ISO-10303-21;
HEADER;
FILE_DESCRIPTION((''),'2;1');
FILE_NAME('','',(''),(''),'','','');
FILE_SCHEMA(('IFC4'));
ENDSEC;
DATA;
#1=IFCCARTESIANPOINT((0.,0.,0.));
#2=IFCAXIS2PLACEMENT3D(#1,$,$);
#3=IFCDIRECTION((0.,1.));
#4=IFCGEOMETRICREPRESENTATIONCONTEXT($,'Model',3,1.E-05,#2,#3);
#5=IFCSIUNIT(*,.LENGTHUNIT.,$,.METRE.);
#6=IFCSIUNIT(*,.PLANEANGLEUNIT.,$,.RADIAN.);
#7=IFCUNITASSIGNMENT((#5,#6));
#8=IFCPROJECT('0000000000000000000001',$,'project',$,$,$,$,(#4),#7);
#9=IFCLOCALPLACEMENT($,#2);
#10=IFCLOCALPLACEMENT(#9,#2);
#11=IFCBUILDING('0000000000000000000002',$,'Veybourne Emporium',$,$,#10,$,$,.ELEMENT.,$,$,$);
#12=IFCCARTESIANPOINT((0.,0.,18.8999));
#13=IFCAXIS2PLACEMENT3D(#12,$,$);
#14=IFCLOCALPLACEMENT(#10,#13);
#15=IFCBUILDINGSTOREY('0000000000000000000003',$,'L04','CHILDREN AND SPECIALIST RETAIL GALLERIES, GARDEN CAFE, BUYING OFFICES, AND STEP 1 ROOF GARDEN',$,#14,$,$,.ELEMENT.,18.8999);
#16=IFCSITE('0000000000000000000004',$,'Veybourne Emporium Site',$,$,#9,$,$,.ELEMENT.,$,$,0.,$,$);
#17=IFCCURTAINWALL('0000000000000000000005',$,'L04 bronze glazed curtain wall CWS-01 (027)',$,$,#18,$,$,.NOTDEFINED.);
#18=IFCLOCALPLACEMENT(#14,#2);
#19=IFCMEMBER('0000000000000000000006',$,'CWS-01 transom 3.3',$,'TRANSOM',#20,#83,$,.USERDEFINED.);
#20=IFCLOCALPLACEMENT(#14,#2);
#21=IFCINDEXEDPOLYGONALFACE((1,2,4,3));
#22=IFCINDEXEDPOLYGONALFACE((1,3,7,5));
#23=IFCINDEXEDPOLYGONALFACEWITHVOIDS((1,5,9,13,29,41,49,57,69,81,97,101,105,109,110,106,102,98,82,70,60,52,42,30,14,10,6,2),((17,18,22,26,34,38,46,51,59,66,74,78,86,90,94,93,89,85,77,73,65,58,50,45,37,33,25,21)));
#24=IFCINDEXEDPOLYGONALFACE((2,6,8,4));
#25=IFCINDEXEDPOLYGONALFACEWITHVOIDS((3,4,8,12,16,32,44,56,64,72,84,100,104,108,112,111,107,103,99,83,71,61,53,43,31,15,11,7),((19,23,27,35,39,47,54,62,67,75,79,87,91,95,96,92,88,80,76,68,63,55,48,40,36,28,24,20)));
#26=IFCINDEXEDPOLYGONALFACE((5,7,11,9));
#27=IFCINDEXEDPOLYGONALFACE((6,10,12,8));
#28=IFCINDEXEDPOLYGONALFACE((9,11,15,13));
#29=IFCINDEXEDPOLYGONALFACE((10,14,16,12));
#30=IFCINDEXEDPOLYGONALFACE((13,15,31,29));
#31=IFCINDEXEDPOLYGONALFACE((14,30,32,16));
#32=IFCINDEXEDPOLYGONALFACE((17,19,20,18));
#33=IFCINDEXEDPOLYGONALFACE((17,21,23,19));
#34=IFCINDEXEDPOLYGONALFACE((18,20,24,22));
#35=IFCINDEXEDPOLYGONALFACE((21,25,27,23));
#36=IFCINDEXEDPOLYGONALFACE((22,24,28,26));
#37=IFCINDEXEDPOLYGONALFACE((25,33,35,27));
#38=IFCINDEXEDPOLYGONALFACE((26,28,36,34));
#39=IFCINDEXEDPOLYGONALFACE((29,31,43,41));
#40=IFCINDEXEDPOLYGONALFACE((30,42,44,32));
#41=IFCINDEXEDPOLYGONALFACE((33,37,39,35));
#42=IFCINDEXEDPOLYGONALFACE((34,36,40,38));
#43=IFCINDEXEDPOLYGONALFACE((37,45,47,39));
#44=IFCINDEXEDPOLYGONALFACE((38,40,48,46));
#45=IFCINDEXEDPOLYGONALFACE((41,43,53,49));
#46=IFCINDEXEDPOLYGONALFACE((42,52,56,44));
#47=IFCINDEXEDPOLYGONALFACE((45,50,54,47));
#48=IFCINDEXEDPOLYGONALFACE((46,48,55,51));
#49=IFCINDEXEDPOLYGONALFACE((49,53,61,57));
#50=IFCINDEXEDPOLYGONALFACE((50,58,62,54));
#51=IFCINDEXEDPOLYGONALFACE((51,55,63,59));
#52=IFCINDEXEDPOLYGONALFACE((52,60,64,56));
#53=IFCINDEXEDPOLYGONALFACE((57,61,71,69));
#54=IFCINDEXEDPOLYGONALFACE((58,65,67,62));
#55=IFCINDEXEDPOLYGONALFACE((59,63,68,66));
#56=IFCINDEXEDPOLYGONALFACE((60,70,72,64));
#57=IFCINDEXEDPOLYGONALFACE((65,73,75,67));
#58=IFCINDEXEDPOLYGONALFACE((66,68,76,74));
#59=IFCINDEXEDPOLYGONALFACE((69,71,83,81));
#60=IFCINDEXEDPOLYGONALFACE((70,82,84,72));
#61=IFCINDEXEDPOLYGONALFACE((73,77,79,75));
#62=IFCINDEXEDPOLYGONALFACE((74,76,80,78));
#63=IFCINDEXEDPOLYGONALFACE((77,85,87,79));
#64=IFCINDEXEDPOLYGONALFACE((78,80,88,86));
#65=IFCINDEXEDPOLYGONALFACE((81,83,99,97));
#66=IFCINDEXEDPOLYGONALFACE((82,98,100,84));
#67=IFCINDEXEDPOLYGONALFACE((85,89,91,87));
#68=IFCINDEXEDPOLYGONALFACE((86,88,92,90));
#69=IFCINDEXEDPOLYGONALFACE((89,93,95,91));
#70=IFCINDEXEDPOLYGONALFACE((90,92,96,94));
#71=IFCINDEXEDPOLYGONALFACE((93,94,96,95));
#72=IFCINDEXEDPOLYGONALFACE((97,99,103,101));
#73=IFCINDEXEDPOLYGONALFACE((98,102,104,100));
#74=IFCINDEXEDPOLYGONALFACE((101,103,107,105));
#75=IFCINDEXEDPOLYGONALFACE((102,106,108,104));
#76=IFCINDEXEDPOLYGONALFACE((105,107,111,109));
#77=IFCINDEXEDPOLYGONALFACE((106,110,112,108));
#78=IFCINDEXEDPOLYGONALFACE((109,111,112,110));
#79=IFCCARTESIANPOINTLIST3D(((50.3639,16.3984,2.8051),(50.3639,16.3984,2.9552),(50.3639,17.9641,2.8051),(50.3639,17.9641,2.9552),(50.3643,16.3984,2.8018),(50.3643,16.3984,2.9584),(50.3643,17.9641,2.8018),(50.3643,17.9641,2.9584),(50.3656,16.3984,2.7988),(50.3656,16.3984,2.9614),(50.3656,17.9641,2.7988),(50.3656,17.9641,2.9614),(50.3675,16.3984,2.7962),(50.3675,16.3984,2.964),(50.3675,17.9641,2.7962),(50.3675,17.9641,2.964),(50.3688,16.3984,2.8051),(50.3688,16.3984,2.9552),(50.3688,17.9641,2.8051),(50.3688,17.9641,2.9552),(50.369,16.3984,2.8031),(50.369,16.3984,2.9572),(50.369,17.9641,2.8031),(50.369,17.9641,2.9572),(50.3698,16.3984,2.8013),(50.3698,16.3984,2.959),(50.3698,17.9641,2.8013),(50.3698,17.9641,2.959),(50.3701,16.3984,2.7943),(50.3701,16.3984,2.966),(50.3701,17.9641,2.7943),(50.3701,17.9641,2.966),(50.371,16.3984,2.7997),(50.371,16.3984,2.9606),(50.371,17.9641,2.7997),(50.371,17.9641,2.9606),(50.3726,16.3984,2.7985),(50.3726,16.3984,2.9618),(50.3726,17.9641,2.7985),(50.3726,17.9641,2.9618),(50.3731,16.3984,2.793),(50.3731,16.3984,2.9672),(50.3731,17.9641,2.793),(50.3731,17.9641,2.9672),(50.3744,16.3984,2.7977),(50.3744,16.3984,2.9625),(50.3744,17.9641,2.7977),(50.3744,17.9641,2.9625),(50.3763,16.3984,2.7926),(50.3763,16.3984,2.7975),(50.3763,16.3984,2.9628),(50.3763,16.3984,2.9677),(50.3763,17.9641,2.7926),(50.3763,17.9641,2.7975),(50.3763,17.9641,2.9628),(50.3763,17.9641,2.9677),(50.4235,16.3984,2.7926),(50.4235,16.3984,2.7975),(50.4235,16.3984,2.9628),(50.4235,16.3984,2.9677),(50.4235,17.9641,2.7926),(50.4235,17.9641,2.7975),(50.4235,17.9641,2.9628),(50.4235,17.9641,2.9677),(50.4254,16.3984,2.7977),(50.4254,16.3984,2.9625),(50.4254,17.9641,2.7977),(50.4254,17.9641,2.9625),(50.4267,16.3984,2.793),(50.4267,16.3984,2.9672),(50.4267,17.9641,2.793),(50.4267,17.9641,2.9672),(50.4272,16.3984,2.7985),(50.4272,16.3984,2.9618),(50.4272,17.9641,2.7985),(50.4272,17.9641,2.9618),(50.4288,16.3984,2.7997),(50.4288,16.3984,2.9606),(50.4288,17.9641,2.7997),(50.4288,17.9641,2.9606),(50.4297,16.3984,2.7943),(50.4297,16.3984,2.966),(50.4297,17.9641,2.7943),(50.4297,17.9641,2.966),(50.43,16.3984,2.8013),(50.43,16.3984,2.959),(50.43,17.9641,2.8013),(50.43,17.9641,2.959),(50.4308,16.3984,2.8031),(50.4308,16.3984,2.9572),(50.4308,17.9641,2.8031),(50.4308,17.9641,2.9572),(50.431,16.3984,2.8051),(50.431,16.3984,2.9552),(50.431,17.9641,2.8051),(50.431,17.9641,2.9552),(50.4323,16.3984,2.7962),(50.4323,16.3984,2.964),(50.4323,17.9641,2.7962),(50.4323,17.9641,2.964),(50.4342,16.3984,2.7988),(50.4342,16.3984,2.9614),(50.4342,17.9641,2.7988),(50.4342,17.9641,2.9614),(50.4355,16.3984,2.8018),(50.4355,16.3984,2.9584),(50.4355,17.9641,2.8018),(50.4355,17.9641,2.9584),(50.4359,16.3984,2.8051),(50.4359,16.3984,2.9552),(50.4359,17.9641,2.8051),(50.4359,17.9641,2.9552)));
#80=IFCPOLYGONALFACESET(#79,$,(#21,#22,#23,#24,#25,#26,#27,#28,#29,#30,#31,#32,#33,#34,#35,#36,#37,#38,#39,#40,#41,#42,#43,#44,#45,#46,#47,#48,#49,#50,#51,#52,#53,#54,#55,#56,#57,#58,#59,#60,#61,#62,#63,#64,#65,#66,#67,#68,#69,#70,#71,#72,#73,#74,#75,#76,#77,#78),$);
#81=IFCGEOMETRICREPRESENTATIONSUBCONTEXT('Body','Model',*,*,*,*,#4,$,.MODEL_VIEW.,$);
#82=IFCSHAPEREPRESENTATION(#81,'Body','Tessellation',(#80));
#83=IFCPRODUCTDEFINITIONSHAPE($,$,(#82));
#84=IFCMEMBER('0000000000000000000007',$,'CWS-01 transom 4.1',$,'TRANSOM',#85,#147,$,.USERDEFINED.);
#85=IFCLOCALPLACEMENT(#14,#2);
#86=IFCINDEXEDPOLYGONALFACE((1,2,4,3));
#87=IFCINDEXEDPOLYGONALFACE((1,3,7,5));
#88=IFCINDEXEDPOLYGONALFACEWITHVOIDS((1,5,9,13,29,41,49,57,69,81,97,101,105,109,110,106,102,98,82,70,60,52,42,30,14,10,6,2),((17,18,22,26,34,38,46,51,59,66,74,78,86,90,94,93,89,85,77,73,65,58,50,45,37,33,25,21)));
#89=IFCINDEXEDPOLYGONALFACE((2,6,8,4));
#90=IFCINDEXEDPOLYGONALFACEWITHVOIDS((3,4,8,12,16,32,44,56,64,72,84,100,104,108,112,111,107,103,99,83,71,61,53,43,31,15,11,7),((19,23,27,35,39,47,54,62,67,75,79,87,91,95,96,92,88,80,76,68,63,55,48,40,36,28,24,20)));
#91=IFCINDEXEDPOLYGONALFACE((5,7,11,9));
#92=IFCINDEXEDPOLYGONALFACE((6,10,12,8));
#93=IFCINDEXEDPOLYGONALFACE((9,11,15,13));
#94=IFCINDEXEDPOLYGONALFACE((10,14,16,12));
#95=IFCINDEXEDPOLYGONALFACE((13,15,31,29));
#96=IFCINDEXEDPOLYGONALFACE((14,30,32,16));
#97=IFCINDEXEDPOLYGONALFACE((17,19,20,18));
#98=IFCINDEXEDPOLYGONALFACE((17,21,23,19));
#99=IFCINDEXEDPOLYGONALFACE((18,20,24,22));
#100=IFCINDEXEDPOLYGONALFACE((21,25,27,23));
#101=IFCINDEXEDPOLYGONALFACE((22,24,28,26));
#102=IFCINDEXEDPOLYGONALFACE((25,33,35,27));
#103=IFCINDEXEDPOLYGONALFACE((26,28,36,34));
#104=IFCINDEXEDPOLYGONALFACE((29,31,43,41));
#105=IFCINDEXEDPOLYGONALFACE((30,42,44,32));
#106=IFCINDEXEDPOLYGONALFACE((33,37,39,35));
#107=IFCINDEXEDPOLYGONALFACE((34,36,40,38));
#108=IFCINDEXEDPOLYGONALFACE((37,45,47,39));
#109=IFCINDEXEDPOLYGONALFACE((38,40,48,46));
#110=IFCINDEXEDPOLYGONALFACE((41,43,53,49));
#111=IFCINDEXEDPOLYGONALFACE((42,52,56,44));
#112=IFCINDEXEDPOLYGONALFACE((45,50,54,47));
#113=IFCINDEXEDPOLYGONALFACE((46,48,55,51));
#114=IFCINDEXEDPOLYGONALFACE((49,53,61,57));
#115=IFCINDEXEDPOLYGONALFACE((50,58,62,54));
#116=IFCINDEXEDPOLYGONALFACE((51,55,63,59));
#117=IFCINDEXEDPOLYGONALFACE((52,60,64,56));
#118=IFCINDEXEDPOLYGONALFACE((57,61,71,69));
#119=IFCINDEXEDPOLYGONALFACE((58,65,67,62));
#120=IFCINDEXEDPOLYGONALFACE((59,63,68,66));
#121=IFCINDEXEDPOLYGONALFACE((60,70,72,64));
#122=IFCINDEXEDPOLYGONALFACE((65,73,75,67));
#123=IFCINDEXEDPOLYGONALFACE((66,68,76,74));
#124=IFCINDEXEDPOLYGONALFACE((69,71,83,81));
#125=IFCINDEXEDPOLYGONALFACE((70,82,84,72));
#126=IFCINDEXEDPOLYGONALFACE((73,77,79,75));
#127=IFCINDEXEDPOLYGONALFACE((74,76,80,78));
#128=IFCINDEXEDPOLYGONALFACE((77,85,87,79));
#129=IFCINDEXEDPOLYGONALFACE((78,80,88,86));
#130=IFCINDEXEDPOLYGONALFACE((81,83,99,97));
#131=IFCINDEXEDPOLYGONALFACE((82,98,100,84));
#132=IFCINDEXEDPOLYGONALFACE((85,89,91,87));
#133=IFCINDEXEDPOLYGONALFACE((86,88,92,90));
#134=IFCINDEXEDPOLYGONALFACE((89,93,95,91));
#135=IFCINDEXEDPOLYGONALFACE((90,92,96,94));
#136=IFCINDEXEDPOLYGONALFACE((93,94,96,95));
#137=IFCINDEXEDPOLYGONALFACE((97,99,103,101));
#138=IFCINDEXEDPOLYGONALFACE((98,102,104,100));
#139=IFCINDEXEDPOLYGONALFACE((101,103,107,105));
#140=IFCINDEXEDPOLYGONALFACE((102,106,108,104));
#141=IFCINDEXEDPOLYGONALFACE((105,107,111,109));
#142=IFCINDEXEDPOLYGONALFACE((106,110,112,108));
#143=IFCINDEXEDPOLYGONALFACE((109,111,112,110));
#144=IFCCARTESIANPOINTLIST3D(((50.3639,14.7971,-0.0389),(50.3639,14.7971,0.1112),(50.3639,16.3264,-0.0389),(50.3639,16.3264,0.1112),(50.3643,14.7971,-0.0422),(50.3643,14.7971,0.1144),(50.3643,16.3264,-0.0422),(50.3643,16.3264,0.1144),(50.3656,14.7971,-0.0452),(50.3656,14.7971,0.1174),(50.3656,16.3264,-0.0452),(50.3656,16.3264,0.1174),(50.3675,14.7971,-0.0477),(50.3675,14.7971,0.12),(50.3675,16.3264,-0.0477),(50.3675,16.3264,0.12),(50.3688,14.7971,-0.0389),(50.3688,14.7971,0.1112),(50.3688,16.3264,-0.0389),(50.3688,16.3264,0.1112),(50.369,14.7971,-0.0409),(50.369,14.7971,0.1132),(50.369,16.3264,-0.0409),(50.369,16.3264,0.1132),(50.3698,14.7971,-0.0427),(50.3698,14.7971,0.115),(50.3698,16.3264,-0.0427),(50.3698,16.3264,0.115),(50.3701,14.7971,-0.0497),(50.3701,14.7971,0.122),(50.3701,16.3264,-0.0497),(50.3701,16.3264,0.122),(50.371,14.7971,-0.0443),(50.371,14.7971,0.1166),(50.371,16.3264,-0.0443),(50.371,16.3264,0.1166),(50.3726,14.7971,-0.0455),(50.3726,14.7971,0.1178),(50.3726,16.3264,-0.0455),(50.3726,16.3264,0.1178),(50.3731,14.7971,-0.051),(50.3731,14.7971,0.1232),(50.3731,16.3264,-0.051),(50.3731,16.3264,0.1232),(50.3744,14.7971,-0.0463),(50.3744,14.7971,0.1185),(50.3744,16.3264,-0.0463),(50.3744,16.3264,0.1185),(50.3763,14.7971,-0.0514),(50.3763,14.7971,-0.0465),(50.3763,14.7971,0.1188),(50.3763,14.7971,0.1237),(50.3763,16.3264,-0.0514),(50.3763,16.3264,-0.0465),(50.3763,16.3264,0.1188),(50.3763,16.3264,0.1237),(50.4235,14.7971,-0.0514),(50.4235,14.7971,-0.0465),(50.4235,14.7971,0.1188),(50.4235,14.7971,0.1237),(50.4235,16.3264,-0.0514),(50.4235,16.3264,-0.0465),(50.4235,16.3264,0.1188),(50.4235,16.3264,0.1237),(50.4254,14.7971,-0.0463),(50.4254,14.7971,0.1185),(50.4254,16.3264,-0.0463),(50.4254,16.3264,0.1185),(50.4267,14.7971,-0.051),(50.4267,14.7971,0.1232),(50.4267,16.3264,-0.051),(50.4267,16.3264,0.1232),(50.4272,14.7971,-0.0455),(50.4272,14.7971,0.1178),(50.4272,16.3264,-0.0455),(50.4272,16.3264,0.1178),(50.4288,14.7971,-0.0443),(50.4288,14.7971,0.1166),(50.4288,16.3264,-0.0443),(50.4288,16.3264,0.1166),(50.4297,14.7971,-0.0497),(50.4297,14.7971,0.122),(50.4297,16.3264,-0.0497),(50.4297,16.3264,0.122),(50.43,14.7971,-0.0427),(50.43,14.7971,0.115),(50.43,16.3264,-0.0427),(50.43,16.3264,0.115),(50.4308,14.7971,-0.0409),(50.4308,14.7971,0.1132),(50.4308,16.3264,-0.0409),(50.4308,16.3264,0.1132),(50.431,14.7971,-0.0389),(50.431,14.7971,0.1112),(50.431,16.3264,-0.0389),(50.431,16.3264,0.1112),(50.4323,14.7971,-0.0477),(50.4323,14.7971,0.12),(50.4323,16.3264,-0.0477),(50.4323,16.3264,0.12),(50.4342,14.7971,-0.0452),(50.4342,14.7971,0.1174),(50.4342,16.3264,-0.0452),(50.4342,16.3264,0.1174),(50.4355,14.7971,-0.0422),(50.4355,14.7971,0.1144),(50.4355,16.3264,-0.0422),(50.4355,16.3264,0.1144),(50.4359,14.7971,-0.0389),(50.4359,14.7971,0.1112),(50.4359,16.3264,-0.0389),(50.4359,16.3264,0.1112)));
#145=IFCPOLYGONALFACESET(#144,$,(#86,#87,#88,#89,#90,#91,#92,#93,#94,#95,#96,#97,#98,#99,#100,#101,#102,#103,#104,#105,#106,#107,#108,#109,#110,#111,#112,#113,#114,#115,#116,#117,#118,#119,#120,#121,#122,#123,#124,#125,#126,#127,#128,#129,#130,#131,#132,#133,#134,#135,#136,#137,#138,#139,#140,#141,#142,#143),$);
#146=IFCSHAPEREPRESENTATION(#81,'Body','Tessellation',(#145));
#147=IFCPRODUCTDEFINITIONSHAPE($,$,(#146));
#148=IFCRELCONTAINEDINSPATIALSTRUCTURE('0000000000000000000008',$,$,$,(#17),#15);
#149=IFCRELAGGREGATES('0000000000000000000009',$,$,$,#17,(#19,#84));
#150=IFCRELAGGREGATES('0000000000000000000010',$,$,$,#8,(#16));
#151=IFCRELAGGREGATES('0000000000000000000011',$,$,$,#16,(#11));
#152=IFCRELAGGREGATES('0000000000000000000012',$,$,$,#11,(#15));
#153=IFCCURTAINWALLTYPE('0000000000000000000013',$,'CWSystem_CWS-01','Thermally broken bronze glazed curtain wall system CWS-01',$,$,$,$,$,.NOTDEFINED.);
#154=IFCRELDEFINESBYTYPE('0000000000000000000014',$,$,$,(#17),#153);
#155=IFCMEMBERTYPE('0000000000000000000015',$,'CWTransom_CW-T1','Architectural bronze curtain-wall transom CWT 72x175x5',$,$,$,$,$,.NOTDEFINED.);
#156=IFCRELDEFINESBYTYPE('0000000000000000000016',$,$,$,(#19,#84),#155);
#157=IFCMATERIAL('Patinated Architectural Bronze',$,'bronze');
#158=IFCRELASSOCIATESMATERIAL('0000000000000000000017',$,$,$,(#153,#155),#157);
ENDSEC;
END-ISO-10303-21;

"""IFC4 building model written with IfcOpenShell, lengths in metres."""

from ifc_helpers import new_model, si_unit, direction, frame, origin, origin_2d, place, context, subcontext, project, spatial, hollow_rectangle, extrude, material, material_profile, profile_set, type_object, element, aggregate, save


model = new_model("IFC4")

# Units and contexts
model_context = context("Model", 3, precision=1e-05, world=origin(), true_north=direction((0.0, 1.0)))
body_context = subcontext(model_context, "Body", "Model", "MODEL_VIEW")
ifc_project = project(units=[si_unit("LENGTHUNIT", "METRE"), si_unit("PLANEANGLEUNIT", "RADIAN")], contexts=[model_context])

# Site, building, storey
site_placement = place(None, origin())
site = spatial("IfcSite", under=ifc_project, at=site_placement, Name="Veybourne Emporium Site", CompositionType="ELEMENT", RefElevation=0.0)
building_placement = place(site_placement, origin())
building = spatial("IfcBuilding", under=site, at=building_placement, Name="Veybourne Emporium", CompositionType="ELEMENT")
storey_placement = place(building_placement, frame((0.0, 0.0, 18.8999)))
storey = spatial("IfcBuildingStorey", under=building, at=storey_placement, Name="L04", Description="CHILDREN AND SPECIALIST RETAIL GALLERIES, GARDEN CAFE, BUYING OFFICES, AND STEP 1 ROOF GARDEN", CompositionType="ELEMENT", Elevation=18.8999)

# Curtain wall, members
ifc_material_1 = material(Name="Patinated Architectural Bronze", Category="bronze")
curtain_wall_type = type_object("IfcCurtainWallType", Name="CWSystem_CWS-01", Description="Thermally broken bronze glazed curtain wall system CWS-01", PredefinedType="NOTDEFINED", material=ifc_material_1)
curtain_wall_placement = place(storey_placement, origin())
curtain_wall = element("IfcCurtainWall", 1, at=curtain_wall_placement, inside=storey, type_object=curtain_wall_type, Name="L04 bronze glazed curtain wall CWS-01 (027)", PredefinedType="NOTDEFINED")
ifc_material_profile_1 = material_profile(ifc_material_1, hollow_rectangle(XDim=0.072, YDim=0.175, WallThickness=0.0049, InnerFilletRadius=0.0076, OuterFilletRadius=0.0125, at=origin_2d()), Name="CWT 72x175x5")
ifc_profile_set_1 = profile_set([ifc_material_profile_1], Name="Patinated Architectural Bronze")
member_type_1 = type_object("IfcMemberType", Name="CWTransom_CW-T1", Description="Architectural bronze curtain-wall transom CWT 72x175x5", PredefinedType="NOTDEFINED", material=ifc_profile_set_1)
member_1_placement = place(storey_placement, frame((50.3999, 17.9641, 2.8801), z_axis=(0.0, -1.0, 0.0), x_axis=(1.0, 0.0, 0.0)))
member_1 = element("IfcMember", 2, at=member_1_placement, type_object=member_type_1, Name="CWS-01 transom 3.3", ObjectType="TRANSOM", PredefinedType="USERDEFINED", context=body_context, shape_type="SweptSolid", body=[
    extrude(hollow_rectangle(XDim=0.072, YDim=0.175, WallThickness=0.0049, InnerFilletRadius=0.0076, OuterFilletRadius=0.0125, at=origin_2d()), origin(), (0.0, 0.0, 1.0), 1.5657),
])
member_2_placement = place(storey_placement, frame((50.3999, 16.3264, 0.0361), z_axis=(0.0, -1.0, 0.0), x_axis=(1.0, 0.0, 0.0)))
member_2 = element("IfcMember", 3, at=member_2_placement, type_object=member_type_1, Name="CWS-01 transom 4.1", ObjectType="TRANSOM", PredefinedType="USERDEFINED", context=body_context, shape_type="SweptSolid", body=[
    extrude(hollow_rectangle(XDim=0.072, YDim=0.175, WallThickness=0.0049, InnerFilletRadius=0.0076, OuterFilletRadius=0.0125, at=origin_2d()), origin(), (0.0, 0.0, 1.0), 1.5293),
])
aggregate(curtain_wall, [member_1, member_2])

save(model, "model.ifc")
